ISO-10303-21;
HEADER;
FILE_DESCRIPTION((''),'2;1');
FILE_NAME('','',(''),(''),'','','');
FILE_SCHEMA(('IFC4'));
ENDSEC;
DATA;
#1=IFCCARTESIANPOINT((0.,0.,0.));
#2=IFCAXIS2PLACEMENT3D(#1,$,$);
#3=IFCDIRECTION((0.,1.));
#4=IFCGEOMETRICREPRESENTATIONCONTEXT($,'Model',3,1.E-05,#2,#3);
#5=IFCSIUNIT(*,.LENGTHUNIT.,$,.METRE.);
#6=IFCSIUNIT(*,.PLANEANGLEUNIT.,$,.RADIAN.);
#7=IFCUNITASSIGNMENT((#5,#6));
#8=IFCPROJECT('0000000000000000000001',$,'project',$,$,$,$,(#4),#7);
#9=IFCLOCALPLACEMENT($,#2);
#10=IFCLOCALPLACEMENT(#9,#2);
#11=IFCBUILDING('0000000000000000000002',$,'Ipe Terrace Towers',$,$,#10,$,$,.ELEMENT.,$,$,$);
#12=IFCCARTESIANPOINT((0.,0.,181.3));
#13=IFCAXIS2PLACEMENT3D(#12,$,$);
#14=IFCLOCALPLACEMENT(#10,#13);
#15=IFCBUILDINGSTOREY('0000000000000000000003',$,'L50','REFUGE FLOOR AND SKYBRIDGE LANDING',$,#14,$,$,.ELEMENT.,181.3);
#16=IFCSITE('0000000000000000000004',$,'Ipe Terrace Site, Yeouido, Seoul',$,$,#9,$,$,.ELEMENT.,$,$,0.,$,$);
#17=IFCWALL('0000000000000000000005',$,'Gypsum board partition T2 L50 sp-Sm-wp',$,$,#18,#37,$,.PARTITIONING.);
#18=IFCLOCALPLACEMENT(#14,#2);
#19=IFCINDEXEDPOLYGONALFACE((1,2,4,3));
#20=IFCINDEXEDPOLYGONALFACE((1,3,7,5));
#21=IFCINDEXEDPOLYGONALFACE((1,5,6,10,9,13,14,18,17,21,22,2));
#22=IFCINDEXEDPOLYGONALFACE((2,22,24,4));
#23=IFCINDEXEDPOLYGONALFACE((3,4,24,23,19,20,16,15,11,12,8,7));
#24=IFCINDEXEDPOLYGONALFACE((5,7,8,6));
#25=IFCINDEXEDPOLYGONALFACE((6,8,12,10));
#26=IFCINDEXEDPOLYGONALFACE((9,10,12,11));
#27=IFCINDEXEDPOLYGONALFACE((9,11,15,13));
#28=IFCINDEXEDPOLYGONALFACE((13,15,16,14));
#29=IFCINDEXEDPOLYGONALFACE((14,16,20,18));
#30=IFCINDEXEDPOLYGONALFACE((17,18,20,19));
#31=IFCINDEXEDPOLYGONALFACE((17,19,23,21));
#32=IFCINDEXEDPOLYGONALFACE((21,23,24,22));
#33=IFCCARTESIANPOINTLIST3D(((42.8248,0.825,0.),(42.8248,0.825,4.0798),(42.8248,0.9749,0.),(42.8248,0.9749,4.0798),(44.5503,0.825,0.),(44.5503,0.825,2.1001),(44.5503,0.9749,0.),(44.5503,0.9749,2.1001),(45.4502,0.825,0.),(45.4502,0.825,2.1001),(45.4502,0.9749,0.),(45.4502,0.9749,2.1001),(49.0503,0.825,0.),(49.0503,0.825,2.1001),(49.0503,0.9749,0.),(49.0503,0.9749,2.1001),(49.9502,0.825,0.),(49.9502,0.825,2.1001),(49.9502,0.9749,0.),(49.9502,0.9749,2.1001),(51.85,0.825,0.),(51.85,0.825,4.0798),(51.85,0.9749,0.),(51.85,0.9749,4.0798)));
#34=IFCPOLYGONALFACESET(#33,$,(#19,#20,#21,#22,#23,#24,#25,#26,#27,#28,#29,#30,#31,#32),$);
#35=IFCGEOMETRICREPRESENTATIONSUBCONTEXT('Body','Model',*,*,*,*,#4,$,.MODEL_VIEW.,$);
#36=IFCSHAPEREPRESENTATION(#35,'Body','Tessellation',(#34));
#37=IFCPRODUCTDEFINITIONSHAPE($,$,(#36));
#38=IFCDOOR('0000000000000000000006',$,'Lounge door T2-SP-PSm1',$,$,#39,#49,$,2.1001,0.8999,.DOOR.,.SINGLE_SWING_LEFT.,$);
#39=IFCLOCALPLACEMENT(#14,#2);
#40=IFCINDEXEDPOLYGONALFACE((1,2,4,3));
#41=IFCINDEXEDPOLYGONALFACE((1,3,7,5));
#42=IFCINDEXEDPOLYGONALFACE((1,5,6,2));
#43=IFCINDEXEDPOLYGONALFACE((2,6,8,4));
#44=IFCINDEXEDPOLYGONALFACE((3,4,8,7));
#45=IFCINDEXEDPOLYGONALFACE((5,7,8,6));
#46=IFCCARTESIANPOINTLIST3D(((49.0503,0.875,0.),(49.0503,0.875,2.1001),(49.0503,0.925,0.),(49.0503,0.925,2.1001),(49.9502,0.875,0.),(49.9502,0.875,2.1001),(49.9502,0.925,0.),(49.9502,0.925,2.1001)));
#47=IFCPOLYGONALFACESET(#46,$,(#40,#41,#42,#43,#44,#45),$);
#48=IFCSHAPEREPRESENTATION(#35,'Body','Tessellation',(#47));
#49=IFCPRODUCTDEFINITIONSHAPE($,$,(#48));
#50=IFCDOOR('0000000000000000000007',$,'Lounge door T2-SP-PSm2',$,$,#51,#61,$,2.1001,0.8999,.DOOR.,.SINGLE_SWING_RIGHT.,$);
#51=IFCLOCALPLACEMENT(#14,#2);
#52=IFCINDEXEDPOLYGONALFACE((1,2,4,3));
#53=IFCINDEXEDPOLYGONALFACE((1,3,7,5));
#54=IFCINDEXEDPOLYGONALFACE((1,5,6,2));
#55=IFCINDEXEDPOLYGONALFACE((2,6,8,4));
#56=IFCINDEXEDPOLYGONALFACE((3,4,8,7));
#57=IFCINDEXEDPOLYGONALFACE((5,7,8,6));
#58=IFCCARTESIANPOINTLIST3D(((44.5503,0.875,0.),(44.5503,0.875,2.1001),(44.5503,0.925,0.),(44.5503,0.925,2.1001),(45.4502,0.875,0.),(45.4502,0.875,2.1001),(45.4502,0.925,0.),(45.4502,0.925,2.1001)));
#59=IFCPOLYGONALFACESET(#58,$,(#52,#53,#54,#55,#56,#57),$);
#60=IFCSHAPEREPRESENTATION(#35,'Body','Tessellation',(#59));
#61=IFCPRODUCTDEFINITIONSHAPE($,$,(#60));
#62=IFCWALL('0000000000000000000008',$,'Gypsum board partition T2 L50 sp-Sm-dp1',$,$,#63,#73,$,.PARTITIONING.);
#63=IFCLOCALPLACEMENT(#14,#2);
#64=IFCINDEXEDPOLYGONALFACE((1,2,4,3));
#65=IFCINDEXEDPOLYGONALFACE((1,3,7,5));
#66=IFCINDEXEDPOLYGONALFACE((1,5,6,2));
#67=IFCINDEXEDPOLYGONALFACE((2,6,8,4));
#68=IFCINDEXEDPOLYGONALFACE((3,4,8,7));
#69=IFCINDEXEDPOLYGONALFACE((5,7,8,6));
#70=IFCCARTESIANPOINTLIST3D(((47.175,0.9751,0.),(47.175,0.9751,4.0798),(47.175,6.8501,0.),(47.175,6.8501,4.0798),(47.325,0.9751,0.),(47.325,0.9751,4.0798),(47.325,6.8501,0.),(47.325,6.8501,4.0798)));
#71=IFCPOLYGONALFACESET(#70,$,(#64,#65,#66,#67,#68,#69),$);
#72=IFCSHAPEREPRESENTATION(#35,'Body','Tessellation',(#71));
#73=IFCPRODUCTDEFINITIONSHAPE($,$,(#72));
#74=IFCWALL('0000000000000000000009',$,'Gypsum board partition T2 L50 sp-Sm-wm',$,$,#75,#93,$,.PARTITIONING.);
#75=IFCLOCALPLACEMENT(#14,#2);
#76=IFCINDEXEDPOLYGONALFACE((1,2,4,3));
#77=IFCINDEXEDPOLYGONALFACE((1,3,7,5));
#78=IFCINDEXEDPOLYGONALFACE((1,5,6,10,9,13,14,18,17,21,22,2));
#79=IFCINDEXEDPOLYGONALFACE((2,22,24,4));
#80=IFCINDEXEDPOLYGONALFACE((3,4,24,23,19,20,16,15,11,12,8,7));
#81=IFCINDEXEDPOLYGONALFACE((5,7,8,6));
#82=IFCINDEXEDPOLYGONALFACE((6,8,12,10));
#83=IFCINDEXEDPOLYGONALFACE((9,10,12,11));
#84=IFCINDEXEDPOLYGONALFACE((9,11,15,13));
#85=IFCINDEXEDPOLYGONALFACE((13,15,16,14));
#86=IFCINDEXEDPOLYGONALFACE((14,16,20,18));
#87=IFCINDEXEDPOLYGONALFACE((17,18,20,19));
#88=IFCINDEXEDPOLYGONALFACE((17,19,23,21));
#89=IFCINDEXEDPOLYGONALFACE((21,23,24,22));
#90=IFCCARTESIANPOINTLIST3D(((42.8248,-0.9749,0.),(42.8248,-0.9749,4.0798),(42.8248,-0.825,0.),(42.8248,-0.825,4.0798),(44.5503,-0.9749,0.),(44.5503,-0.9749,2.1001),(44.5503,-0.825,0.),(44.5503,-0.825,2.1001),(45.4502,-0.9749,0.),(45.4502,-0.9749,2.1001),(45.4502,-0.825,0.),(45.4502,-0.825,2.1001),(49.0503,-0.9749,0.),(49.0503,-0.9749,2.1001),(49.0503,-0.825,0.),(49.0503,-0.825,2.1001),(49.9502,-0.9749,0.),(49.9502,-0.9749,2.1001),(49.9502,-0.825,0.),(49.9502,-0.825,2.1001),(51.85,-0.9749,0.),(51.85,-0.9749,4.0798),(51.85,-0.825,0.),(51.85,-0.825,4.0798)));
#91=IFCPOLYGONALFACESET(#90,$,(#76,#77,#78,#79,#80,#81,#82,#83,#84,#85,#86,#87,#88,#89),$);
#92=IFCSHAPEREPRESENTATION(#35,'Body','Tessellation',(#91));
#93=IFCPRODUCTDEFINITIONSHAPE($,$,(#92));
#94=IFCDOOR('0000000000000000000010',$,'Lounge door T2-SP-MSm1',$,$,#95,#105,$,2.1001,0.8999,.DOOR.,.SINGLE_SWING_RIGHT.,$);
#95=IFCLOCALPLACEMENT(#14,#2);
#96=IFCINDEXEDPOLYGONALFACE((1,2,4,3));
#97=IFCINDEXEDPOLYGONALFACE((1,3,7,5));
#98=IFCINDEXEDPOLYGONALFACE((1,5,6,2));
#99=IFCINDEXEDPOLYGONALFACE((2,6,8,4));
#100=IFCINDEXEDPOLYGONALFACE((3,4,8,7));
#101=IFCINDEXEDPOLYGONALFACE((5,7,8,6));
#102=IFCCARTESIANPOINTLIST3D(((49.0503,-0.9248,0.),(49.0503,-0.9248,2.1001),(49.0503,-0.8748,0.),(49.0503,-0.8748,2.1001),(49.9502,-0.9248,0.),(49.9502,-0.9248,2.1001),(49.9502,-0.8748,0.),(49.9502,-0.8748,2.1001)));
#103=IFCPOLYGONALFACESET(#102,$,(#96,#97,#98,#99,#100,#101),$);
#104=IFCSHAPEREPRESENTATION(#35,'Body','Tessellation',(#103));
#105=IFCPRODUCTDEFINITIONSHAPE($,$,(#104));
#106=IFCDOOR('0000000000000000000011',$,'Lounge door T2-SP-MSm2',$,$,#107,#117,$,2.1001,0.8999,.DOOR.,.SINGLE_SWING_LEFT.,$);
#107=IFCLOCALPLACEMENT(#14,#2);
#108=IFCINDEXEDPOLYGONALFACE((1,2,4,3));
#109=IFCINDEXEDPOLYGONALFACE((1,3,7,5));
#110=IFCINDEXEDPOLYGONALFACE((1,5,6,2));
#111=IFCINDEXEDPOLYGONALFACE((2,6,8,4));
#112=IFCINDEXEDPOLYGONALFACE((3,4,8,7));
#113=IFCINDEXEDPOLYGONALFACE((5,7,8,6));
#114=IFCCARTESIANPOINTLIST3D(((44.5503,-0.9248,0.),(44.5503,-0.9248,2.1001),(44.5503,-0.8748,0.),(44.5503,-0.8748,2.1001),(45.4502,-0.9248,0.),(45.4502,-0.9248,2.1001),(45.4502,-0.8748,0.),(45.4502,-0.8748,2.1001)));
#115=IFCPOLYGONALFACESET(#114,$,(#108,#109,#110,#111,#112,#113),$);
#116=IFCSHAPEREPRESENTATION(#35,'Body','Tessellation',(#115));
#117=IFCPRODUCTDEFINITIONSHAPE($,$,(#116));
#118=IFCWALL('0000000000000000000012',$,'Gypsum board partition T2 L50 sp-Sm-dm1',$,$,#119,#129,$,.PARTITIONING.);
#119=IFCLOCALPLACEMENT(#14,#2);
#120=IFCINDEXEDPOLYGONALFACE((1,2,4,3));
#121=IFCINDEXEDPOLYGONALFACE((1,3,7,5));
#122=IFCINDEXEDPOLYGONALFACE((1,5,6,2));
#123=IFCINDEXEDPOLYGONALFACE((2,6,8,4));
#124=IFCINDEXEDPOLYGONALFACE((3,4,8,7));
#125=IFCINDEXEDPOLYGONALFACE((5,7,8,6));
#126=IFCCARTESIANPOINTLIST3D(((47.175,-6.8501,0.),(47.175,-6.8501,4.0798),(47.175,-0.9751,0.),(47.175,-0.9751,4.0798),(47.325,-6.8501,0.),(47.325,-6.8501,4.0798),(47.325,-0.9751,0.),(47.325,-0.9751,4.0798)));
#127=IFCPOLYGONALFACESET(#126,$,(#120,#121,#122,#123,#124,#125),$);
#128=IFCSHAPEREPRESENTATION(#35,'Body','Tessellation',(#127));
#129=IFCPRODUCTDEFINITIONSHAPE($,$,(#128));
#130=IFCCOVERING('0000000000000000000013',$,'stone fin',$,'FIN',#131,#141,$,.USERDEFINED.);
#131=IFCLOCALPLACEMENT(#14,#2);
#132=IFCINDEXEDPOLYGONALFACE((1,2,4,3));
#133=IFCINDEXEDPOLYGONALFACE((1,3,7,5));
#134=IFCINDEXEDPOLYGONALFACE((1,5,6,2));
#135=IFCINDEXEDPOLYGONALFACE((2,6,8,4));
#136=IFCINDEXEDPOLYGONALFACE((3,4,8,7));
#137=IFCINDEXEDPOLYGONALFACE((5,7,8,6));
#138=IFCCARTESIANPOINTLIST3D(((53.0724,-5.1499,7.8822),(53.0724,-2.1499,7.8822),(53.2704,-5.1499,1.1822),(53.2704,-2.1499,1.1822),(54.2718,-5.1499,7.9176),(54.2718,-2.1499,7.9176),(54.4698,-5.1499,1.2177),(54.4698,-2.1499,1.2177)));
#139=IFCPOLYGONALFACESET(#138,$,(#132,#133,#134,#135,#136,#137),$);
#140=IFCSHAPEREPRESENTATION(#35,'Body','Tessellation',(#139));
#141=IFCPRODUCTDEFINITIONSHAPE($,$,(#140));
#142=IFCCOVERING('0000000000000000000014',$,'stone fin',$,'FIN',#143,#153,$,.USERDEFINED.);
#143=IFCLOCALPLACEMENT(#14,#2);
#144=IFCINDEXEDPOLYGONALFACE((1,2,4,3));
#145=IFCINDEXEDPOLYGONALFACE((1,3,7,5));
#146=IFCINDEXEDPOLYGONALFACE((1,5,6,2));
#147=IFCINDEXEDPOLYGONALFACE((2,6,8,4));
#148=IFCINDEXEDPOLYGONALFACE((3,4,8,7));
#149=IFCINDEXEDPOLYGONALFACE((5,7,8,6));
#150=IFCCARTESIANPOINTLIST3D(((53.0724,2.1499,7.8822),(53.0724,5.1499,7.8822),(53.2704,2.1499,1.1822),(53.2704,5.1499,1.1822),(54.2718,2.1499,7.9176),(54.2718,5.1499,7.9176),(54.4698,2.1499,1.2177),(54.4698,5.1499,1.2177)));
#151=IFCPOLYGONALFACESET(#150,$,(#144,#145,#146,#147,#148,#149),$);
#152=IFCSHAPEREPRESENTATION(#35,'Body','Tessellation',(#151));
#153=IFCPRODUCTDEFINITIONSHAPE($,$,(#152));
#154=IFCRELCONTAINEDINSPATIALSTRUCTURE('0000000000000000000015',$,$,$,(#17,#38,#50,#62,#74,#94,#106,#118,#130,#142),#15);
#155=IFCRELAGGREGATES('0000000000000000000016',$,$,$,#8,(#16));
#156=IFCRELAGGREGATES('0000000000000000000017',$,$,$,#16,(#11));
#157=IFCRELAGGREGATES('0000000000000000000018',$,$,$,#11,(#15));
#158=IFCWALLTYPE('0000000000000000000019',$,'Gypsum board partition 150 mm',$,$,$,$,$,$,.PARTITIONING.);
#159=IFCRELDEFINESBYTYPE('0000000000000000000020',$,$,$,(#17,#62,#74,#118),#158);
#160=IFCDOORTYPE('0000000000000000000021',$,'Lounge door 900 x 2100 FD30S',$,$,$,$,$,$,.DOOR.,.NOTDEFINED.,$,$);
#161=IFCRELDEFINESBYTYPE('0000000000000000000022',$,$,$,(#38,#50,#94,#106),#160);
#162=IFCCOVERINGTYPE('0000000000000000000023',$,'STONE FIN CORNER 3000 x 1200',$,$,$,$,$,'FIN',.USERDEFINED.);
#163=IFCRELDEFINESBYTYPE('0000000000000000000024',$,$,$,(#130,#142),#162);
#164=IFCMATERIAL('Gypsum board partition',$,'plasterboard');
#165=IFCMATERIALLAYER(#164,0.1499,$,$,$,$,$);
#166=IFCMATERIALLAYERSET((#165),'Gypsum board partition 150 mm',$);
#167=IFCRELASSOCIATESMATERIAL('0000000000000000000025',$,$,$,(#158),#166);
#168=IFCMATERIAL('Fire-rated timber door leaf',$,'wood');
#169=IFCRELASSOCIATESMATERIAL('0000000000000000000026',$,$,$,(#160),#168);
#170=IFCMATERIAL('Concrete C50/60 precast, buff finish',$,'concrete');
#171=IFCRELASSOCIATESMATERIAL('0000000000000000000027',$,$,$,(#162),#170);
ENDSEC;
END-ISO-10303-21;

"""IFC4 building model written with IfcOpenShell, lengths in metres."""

from ifc_helpers import new_model, si_unit, direction, frame, frame_2d, origin, origin_2d, place, context, subcontext, project, spatial, rectangle, extrude, material, layer, layer_set, material_profile, profile_set, type_object, element, fill, save


model = new_model("IFC4")

# Units and contexts
model_context = context("Model", 3, precision=1e-05, world=origin(), true_north=direction((0.0, 1.0)))
body_context = subcontext(model_context, "Body", "Model", "MODEL_VIEW")
ifc_project = project(units=[si_unit("LENGTHUNIT", "METRE"), si_unit("PLANEANGLEUNIT", "RADIAN")], contexts=[model_context])

# Site, building, storey
site_placement = place(None, origin())
site = spatial("IfcSite", under=ifc_project, at=site_placement, Name="Ipe Terrace Site, Yeouido, Seoul", CompositionType="ELEMENT", RefElevation=0.0)
building_placement = place(site_placement, origin())
building = spatial("IfcBuilding", under=site, at=building_placement, Name="Ipe Terrace Towers", CompositionType="ELEMENT")
storey_placement = place(building_placement, frame((0.0, 0.0, 181.3)))
storey = spatial("IfcBuildingStorey", under=building, at=storey_placement, Name="L50", Description="REFUGE FLOOR AND SKYBRIDGE LANDING", CompositionType="ELEMENT", Elevation=181.3)

# Shared definitions
ifc_material_1 = material(Name="Gypsum board partition", Category="plasterboard")
ifc_layer_1 = layer(ifc_material_1, 0.1499)
ifc_layer_set_1 = layer_set([ifc_layer_1], Name="Gypsum board partition 150 mm")
wall_type_1 = type_object("IfcWallType", Name="Gypsum board partition 150 mm", PredefinedType="PARTITIONING", material=ifc_layer_set_1)

# Wall, openings, doors
wall_1_placement = place(storey_placement, frame((51.8501, 0.8999, 0.0), z_axis=(0.0, 0.0, 1.0), x_axis=(-1.0, 0.0, 0.0)))
wall_1 = element("IfcWall", 1, at=wall_1_placement, inside=storey, type_object=wall_type_1, Name="Gypsum board partition T2 L50 sp-Sm-wp", PredefinedType="PARTITIONING", context=body_context, shape_type="SweptSolid", body=[
    extrude(rectangle(XDim=9.0251, YDim=0.1499, at=frame_2d((4.5127, 0.0))), origin(), (0.0, 0.0, 1.0), 4.0798),
])
opening_1_placement = place(wall_1_placement, frame((1.8999, 0.0, 0.0)))
opening_1 = element("IfcOpeningElement", 2, at=opening_1_placement, cuts=wall_1, PredefinedType="OPENING", context=body_context, shape_type="SweptSolid", body=[
    extrude(rectangle(XDim=0.8999, YDim=2.1001, at=frame_2d((0.45, 1.05))), frame((0.0, 0.085, 0.0), z_axis=(0.0, -1.0, 0.0), x_axis=(1.0, 0.0, 0.0)), (0.0, 0.0, 1.0), 0.1699),
])
opening_2_placement = place(wall_1_placement, frame((6.3999, 0.0, 0.0)))
opening_2 = element("IfcOpeningElement", 3, at=opening_2_placement, cuts=wall_1, PredefinedType="OPENING", context=body_context, shape_type="SweptSolid", body=[
    extrude(rectangle(XDim=0.8999, YDim=2.1001, at=frame_2d((0.45, 1.05))), frame((0.0, 0.085, 0.0), z_axis=(0.0, -1.0, 0.0), x_axis=(1.0, 0.0, 0.0)), (0.0, 0.0, 1.0), 0.1699),
])
ifc_material_2 = material(Name="Fire-rated timber door leaf", Category="wood")
door_type = type_object("IfcDoorType", Name="Lounge door 900 x 2100 FD30S", OperationType="NOTDEFINED", PredefinedType="DOOR", material=ifc_material_2)
door_1_placement = place(opening_1_placement, origin())
door_1 = element("IfcDoor", 4, at=door_1_placement, inside=storey, type_object=door_type, Name="Lounge door T2-SP-PSm1", OperationType="SINGLE_SWING_LEFT", OverallHeight=2.1001, OverallWidth=0.8999, PredefinedType="DOOR", context=body_context, shape_type="SweptSolid", body=[
    extrude(rectangle(XDim=0.8999, YDim=2.1001, at=frame_2d((0.45, 1.05))), frame((0.0, 0.0249, 0.0), z_axis=(0.0, -1.0, 0.0), x_axis=(1.0, 0.0, 0.0)), (0.0, 0.0, 1.0), 0.05),
])
fill(opening_1, door_1)
door_2_placement = place(opening_2_placement, origin())
door_2 = element("IfcDoor", 5, at=door_2_placement, inside=storey, type_object=door_type, Name="Lounge door T2-SP-PSm2", OperationType="SINGLE_SWING_RIGHT", OverallHeight=2.1001, OverallWidth=0.8999, PredefinedType="DOOR", context=body_context, shape_type="SweptSolid", body=[
    extrude(rectangle(XDim=0.8999, YDim=2.1001, at=frame_2d((0.45, 1.05))), frame((0.0, 0.0249, 0.0), z_axis=(0.0, -1.0, 0.0), x_axis=(1.0, 0.0, 0.0)), (0.0, 0.0, 1.0), 0.05),
])
fill(opening_2, door_2)

# Wall
wall_2_placement = place(storey_placement, frame((47.25, 0.9751, 0.0), z_axis=(0.0, 0.0, 1.0), x_axis=(0.0, 1.0, 0.0)))
element("IfcWall", 6, at=wall_2_placement, inside=storey, type_object=wall_type_1, Name="Gypsum board partition T2 L50 sp-Sm-dp1", PredefinedType="PARTITIONING", context=body_context, shape_type="SweptSolid", body=[
    extrude(rectangle(XDim=5.875, YDim=0.1499, at=frame_2d((2.9375, 0.0))), origin(), (0.0, 0.0, 1.0), 4.0798),
])

# Wall, openings, doors
wall_3_placement = place(storey_placement, frame((51.8501, -0.8999, 0.0), z_axis=(0.0, 0.0, 1.0), x_axis=(-1.0, 0.0, 0.0)))
wall_3 = element("IfcWall", 7, at=wall_3_placement, inside=storey, type_object=wall_type_1, Name="Gypsum board partition T2 L50 sp-Sm-wm", PredefinedType="PARTITIONING", context=body_context, shape_type="SweptSolid", body=[
    extrude(rectangle(XDim=9.0251, YDim=0.1499, at=frame_2d((4.5127, 0.0))), origin(), (0.0, 0.0, 1.0), 4.0798),
])
opening_3_placement = place(wall_3_placement, frame((1.8999, 0.0, 0.0)))
opening_3 = element("IfcOpeningElement", 8, at=opening_3_placement, cuts=wall_3, PredefinedType="OPENING", context=body_context, shape_type="SweptSolid", body=[
    extrude(rectangle(XDim=0.8999, YDim=2.1001, at=frame_2d((0.45, 1.05))), frame((0.0, 0.085, 0.0), z_axis=(0.0, -1.0, 0.0), x_axis=(1.0, 0.0, 0.0)), (0.0, 0.0, 1.0), 0.1699),
])
opening_4_placement = place(wall_3_placement, frame((6.3999, 0.0, 0.0)))
opening_4 = element("IfcOpeningElement", 9, at=opening_4_placement, cuts=wall_3, PredefinedType="OPENING", context=body_context, shape_type="SweptSolid", body=[
    extrude(rectangle(XDim=0.8999, YDim=2.1001, at=frame_2d((0.45, 1.05))), frame((0.0, 0.085, 0.0), z_axis=(0.0, -1.0, 0.0), x_axis=(1.0, 0.0, 0.0)), (0.0, 0.0, 1.0), 0.1699),
])
door_3_placement = place(opening_3_placement, origin())
door_3 = element("IfcDoor", 10, at=door_3_placement, inside=storey, type_object=door_type, Name="Lounge door T2-SP-MSm1", OperationType="SINGLE_SWING_RIGHT", OverallHeight=2.1001, OverallWidth=0.8999, PredefinedType="DOOR", context=body_context, shape_type="SweptSolid", body=[
    extrude(rectangle(XDim=0.8999, YDim=2.1001, at=frame_2d((0.45, 1.05))), frame((0.0, 0.0249, 0.0), z_axis=(0.0, -1.0, 0.0), x_axis=(1.0, 0.0, 0.0)), (0.0, 0.0, 1.0), 0.05),
])
fill(opening_3, door_3)
door_4_placement = place(opening_4_placement, origin())
door_4 = element("IfcDoor", 11, at=door_4_placement, inside=storey, type_object=door_type, Name="Lounge door T2-SP-MSm2", OperationType="SINGLE_SWING_LEFT", OverallHeight=2.1001, OverallWidth=0.8999, PredefinedType="DOOR", context=body_context, shape_type="SweptSolid", body=[
    extrude(rectangle(XDim=0.8999, YDim=2.1001, at=frame_2d((0.45, 1.05))), frame((0.0, 0.0249, 0.0), z_axis=(0.0, -1.0, 0.0), x_axis=(1.0, 0.0, 0.0)), (0.0, 0.0, 1.0), 0.05),
])
fill(opening_4, door_4)

# Wall
wall_4_placement = place(storey_placement, frame((47.25, -0.9751, 0.0), z_axis=(0.0, 0.0, 1.0), x_axis=(0.0, -1.0, 0.0)))
element("IfcWall", 12, at=wall_4_placement, inside=storey, type_object=wall_type_1, Name="Gypsum board partition T2 L50 sp-Sm-dm1", PredefinedType="PARTITIONING", context=body_context, shape_type="SweptSolid", body=[
    extrude(rectangle(XDim=5.875, YDim=0.1499, at=frame_2d((2.9375, 0.0))), origin(), (0.0, 0.0, 1.0), 4.0798),
])

# Coverings
ifc_material_3 = material(Name="Concrete C50/60 precast, buff finish", Category="concrete")
ifc_material_profile_1 = material_profile(ifc_material_3, rectangle(XDim=3.0, YDim=1.2, at=origin_2d()), Name="STONE FIN CORNER 3000 x 1200")
ifc_profile_set_1 = profile_set([ifc_material_profile_1], Name="Concrete C50/60 precast, buff finish")
covering_type = type_object("IfcCoveringType", Name="STONE FIN CORNER 3000 x 1200", ElementType="FIN", PredefinedType="USERDEFINED", material=ifc_profile_set_1)
for number, where, z_axis, x_axis, name in (
    (13, (53.8701, -3.6499, 1.2), (-0.029539, 0.0, 0.999564), (0.0, 1.0, 0.0), "stone fin"),
    (14, (53.8701, 3.6499, 1.2), (-0.029539, 0.0, 0.999564), (0.0, 1.0, 0.0), "stone fin"),
):
    element("IfcCovering", number, at=place(storey_placement, frame(where, z_axis=z_axis, x_axis=x_axis)), inside=storey, type_object=covering_type, Name=name, ObjectType="FIN", PredefinedType="USERDEFINED", context=body_context, shape_type="SweptSolid", body=[
        extrude(rectangle(XDim=3.0, YDim=1.2, at=origin_2d()), origin(), (0.0, 0.0, 1.0), 6.7029),
    ])

save(model, "model.ifc")
